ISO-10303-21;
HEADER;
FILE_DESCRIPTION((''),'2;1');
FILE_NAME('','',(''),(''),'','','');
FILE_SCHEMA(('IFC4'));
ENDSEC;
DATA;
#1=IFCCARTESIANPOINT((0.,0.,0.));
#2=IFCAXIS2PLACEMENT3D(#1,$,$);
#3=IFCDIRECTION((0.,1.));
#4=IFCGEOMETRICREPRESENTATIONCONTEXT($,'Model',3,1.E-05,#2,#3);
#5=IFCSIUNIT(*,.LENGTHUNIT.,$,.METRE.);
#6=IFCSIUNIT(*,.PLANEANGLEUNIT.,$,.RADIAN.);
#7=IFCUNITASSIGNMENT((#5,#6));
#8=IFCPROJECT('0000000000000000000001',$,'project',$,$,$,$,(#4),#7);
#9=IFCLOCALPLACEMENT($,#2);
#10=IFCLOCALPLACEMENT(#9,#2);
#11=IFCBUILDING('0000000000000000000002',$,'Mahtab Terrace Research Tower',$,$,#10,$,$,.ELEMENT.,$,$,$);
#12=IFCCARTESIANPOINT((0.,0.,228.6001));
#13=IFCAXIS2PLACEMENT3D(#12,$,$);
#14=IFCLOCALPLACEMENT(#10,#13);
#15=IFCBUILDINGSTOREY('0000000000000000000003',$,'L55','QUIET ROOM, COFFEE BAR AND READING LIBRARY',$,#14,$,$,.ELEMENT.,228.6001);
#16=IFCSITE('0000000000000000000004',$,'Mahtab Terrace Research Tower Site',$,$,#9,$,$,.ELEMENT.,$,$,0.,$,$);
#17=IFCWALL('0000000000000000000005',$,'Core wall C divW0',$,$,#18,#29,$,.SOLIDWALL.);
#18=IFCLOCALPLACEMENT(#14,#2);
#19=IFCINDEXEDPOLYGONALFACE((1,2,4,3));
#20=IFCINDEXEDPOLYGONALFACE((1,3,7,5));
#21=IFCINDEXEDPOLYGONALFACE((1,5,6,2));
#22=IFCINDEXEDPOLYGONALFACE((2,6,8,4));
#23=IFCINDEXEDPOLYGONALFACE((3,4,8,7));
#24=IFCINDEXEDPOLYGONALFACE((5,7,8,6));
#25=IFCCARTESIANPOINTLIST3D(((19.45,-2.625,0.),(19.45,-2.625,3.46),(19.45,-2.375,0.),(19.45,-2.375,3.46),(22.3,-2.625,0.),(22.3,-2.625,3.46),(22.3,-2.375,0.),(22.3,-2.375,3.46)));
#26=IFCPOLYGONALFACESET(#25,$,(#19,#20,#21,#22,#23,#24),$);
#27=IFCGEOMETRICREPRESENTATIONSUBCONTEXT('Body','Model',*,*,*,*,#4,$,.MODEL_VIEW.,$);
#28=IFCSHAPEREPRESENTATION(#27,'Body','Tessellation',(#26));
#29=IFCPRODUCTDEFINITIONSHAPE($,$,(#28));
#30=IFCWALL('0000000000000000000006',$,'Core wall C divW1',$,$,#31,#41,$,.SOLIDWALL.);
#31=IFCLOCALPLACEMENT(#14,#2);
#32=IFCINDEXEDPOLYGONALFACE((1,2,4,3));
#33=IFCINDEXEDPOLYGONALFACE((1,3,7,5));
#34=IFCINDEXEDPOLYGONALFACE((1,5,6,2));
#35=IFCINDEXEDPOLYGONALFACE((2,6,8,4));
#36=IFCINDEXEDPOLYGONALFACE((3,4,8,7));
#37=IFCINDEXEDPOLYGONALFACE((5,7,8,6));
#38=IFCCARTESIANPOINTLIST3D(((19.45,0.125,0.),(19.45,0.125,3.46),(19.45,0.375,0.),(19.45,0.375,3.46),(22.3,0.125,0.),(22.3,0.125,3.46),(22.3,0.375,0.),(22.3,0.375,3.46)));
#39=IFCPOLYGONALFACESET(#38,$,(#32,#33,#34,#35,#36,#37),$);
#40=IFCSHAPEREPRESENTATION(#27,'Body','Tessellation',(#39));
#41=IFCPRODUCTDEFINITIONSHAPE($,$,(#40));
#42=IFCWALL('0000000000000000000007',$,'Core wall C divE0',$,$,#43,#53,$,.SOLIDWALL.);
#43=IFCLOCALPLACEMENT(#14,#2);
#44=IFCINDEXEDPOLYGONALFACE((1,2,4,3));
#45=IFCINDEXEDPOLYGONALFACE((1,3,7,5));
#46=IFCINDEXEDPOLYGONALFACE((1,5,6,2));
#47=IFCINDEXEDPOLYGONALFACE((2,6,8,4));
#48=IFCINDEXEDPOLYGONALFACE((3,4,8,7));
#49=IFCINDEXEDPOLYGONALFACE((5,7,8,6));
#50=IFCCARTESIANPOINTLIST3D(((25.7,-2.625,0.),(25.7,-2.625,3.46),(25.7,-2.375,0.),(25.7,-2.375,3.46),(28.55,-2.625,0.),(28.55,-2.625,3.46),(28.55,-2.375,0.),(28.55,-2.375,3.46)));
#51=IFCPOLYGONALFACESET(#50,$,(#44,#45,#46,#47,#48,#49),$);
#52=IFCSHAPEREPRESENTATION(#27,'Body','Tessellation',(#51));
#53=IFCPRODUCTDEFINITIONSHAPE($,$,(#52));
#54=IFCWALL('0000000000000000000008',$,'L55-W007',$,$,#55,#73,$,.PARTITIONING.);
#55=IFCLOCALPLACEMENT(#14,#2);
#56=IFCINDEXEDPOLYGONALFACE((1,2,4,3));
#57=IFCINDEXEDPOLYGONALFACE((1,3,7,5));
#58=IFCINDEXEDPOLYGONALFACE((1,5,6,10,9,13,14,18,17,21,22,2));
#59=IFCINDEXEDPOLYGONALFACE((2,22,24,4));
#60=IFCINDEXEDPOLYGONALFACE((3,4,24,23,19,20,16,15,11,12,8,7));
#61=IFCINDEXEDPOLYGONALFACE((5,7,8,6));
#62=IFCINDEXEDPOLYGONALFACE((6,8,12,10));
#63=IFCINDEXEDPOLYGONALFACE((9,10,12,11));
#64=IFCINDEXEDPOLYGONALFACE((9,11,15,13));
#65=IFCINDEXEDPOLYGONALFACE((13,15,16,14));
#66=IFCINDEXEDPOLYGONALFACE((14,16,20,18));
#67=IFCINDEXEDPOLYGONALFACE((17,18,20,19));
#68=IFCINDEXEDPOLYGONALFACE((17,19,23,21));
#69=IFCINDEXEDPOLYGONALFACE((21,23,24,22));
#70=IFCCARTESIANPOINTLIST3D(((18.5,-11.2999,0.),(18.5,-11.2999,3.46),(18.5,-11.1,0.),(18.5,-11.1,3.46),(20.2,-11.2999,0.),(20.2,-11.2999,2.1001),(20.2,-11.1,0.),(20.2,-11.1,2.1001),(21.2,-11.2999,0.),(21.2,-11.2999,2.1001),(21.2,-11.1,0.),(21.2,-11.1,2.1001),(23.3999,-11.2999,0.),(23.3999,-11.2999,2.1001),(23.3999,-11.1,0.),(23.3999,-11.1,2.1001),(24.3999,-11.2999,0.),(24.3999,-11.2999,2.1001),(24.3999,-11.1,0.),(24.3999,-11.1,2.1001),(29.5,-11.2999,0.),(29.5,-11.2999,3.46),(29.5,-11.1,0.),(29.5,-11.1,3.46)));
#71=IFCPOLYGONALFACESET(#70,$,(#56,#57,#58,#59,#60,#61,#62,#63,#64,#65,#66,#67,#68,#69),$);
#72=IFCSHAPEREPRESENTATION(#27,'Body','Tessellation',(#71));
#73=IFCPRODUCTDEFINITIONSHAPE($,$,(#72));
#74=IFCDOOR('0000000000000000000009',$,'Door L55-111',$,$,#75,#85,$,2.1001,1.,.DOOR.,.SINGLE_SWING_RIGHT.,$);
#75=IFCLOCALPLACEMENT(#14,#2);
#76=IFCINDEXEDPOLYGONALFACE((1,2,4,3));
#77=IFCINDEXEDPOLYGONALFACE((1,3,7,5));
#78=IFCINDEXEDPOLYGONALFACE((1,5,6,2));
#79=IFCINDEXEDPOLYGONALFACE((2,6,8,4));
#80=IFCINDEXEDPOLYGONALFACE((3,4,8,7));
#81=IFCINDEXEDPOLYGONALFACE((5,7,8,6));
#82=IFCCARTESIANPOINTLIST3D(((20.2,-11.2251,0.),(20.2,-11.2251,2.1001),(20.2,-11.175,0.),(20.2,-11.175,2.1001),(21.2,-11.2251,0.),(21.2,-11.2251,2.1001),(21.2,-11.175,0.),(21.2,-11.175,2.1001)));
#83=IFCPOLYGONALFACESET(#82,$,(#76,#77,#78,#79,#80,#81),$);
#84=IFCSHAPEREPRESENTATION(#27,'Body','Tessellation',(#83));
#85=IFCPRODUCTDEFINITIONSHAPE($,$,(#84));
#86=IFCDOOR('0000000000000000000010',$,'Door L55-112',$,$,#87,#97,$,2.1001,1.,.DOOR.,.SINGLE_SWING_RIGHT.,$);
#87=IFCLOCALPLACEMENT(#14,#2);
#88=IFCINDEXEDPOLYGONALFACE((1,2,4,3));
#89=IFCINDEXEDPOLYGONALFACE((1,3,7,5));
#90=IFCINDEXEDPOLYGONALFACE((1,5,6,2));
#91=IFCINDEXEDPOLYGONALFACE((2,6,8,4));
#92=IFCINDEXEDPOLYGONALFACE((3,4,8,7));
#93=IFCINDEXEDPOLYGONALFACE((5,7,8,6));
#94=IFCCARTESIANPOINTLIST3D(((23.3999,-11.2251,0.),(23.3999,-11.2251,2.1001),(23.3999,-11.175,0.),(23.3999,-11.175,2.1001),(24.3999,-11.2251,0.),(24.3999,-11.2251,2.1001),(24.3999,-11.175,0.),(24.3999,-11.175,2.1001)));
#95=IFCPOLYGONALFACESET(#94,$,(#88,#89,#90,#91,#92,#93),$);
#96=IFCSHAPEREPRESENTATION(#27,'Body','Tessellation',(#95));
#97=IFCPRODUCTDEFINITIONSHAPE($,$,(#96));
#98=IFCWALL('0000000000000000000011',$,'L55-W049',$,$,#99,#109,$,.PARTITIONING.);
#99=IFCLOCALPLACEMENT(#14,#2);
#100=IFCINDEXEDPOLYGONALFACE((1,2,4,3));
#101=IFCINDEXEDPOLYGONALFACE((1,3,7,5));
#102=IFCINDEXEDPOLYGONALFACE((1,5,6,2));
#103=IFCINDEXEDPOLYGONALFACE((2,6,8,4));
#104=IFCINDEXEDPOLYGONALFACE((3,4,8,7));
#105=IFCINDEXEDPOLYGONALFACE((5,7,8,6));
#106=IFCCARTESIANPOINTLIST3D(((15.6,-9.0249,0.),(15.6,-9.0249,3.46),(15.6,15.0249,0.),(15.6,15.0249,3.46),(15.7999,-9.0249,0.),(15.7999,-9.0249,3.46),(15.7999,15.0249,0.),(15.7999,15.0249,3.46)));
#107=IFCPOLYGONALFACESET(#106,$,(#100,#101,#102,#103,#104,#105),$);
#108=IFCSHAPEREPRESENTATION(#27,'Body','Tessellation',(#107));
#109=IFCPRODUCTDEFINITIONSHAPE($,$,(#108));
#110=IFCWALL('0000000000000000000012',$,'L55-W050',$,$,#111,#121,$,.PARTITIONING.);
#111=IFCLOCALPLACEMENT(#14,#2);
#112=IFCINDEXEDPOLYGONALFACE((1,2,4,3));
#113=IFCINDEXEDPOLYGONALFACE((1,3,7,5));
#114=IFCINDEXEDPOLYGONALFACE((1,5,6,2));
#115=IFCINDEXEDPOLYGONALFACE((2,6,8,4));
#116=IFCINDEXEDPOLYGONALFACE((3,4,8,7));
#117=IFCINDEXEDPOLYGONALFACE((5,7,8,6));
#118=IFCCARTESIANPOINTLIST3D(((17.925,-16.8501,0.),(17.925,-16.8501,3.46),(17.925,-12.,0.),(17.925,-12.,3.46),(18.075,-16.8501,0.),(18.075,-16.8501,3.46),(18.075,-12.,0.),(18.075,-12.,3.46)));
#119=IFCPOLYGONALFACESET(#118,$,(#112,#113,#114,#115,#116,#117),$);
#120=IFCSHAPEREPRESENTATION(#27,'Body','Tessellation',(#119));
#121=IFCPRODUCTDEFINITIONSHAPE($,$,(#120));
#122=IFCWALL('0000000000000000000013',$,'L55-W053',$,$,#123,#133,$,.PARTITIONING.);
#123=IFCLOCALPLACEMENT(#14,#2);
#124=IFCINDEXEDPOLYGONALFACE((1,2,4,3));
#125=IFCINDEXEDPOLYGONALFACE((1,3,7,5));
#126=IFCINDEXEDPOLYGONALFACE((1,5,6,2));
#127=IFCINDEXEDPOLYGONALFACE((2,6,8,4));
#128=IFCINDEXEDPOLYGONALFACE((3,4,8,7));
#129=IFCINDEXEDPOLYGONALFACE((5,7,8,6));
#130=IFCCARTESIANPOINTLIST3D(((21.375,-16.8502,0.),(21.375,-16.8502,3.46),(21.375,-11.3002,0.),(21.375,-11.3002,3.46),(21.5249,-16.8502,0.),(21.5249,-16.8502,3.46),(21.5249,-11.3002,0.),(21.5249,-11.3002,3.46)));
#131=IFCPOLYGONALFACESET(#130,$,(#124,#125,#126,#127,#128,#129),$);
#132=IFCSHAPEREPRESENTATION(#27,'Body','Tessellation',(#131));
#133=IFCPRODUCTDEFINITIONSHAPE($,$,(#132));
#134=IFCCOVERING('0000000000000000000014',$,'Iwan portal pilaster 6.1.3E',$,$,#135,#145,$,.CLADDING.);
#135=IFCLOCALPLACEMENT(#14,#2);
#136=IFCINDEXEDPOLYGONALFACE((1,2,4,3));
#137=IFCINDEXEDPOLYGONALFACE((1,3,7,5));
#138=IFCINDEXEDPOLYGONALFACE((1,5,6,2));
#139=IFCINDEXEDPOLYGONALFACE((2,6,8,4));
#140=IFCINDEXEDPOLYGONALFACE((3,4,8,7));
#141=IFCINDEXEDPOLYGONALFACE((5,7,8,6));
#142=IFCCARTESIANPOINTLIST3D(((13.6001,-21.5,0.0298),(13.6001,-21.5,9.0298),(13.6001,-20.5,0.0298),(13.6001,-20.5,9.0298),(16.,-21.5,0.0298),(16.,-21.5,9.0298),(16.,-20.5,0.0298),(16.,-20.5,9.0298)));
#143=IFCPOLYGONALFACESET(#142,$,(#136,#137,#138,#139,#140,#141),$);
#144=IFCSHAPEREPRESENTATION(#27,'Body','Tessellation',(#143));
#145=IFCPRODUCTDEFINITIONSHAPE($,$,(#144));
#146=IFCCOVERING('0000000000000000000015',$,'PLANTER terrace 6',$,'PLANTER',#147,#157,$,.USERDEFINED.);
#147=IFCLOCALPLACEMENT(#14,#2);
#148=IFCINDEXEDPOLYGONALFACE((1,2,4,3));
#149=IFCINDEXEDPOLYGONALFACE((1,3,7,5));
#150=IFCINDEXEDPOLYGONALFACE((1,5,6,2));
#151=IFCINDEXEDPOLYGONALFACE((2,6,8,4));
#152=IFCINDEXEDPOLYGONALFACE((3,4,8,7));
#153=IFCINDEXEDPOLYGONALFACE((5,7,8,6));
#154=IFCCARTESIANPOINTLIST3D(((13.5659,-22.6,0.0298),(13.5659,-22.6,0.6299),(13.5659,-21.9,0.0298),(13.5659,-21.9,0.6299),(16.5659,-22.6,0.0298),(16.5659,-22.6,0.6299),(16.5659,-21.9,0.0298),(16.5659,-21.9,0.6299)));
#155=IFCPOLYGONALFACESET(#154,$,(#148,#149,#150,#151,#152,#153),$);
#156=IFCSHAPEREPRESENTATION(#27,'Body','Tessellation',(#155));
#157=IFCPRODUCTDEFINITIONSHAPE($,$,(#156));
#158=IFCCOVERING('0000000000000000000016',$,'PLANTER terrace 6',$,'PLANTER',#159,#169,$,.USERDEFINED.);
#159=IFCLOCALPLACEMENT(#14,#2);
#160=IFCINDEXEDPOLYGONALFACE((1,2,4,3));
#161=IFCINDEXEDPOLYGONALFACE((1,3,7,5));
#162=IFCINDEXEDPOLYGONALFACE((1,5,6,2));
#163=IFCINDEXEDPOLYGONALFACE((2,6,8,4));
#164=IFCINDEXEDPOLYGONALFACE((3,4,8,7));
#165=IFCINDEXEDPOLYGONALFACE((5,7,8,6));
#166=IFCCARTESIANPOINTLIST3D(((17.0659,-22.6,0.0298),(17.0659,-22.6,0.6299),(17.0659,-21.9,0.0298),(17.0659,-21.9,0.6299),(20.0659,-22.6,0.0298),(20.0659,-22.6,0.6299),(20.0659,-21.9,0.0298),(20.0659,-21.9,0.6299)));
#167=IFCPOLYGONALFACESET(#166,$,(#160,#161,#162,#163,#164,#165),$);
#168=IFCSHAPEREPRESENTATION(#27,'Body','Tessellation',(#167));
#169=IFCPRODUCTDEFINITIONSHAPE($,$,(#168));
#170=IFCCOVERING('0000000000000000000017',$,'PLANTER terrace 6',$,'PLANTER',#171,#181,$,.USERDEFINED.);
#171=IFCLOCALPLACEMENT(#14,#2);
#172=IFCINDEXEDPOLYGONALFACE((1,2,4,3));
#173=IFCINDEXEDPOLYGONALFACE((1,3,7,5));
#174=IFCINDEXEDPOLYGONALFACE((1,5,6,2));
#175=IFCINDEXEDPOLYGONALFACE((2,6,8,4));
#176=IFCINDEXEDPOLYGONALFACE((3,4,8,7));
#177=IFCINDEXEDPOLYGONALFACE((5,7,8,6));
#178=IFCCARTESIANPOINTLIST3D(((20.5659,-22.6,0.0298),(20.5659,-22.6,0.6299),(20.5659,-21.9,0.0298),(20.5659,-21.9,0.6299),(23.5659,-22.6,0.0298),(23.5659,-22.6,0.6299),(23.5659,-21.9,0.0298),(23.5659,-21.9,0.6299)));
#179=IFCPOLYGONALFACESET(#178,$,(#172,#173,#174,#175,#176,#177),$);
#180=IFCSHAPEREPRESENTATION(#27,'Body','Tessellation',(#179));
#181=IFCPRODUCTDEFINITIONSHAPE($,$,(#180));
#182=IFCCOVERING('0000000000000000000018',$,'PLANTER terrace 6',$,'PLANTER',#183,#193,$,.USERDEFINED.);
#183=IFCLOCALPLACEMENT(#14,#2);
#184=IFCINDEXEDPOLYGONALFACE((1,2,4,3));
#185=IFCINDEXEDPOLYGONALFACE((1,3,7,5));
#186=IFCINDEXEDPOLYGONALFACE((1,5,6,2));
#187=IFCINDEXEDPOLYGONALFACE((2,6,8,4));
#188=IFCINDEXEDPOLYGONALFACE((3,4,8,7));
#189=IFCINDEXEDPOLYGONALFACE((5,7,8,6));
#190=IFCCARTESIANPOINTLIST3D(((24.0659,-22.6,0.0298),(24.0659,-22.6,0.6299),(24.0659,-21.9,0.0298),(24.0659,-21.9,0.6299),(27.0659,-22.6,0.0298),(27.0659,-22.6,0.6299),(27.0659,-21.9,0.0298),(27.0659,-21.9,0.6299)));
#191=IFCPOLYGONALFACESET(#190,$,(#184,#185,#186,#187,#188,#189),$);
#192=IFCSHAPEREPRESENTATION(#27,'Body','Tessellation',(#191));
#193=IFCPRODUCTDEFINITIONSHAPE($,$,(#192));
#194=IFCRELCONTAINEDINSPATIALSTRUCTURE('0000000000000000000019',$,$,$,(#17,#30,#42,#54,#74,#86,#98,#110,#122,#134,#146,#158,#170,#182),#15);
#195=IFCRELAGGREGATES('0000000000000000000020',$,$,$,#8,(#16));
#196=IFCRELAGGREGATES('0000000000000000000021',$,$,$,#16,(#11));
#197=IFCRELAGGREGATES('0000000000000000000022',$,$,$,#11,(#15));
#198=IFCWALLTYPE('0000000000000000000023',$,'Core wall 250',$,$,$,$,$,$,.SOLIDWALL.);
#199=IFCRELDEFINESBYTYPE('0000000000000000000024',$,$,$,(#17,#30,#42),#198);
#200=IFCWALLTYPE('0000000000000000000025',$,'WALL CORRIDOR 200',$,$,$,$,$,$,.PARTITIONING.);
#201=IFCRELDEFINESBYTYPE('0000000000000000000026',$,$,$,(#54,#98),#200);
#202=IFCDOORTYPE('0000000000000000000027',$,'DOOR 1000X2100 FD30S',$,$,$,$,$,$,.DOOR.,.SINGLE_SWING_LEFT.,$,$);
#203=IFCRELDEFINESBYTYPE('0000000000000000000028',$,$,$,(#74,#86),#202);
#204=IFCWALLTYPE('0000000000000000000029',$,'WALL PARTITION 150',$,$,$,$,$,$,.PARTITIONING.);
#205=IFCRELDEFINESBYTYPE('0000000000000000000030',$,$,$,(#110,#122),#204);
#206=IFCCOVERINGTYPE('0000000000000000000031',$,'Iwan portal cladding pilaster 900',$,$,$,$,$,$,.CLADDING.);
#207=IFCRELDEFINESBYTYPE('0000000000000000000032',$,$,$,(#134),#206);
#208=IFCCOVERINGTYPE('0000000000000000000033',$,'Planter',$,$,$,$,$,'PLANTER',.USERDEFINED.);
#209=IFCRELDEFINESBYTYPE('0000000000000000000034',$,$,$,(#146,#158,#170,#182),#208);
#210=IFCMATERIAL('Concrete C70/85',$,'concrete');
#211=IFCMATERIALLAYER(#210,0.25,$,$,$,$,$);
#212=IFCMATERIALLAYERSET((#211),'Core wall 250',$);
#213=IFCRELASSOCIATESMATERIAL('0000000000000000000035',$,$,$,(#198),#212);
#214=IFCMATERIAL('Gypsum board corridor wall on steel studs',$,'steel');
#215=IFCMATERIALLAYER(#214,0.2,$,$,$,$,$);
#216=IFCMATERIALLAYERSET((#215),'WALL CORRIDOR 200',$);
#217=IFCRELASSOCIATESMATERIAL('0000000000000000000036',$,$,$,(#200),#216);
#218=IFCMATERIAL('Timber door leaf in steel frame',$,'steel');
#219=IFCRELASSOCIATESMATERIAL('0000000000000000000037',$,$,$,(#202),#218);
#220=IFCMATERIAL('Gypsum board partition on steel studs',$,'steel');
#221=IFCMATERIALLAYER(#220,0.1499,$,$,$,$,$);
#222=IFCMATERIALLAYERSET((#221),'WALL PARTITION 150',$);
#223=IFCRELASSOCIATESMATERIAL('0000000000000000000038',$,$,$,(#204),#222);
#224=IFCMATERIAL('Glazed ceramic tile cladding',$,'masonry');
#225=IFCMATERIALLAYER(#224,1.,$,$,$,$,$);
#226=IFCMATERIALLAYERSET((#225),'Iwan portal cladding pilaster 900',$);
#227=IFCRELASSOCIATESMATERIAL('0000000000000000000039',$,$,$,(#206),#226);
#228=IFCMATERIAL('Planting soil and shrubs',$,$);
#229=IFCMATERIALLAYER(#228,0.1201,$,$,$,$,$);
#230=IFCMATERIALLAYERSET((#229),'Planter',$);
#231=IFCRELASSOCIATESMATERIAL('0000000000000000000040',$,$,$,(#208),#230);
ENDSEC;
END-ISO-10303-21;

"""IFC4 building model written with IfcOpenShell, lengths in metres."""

from ifc_helpers import new_model, si_unit, direction, frame, frame_2d, origin, origin_2d, place, context, subcontext, project, spatial, rectangle, extrude, material, layer, layer_set, type_object, element, fill, save


model = new_model("IFC4")

# Units and contexts
model_context = context("Model", 3, precision=1e-05, world=origin(), true_north=direction((0.0, 1.0)))
body_context = subcontext(model_context, "Body", "Model", "MODEL_VIEW")
ifc_project = project(units=[si_unit("LENGTHUNIT", "METRE"), si_unit("PLANEANGLEUNIT", "RADIAN")], contexts=[model_context])

# Site, building, storey
site_placement = place(None, origin())
site = spatial("IfcSite", under=ifc_project, at=site_placement, Name="Mahtab Terrace Research Tower Site", CompositionType="ELEMENT", RefElevation=0.0)
building_placement = place(site_placement, origin())
building = spatial("IfcBuilding", under=site, at=building_placement, Name="Mahtab Terrace Research Tower", CompositionType="ELEMENT")
storey_placement = place(building_placement, frame((0.0, 0.0, 228.6001)))
storey = spatial("IfcBuildingStorey", under=building, at=storey_placement, Name="L55", Description="QUIET ROOM, COFFEE BAR AND READING LIBRARY", CompositionType="ELEMENT", Elevation=228.6001)

# Shared definitions
ifc_material_1 = material(Name="Concrete C70/85", Category="concrete")

# Shared definitions
ifc_layer_1 = layer(ifc_material_1, 0.25)
ifc_layer_set_1 = layer_set([ifc_layer_1], Name="Core wall 250")
wall_type_1 = type_object("IfcWallType", Name="Core wall 250", PredefinedType="SOLIDWALL", material=ifc_layer_set_1)

# Walls
for number, where, z_axis, x_axis, name in (
    (1, (19.45, -2.5, 0.0), (0.0, 0.0, 1.0), (1.0, 0.0, 0.0), "Core wall C divW0"),
    (2, (19.45, 0.25, 0.0), (0.0, 0.0, 1.0), (1.0, 0.0, 0.0), "Core wall C divW1"),
    (3, (25.7, -2.5, 0.0), (0.0, 0.0, 1.0), (1.0, 0.0, 0.0), "Core wall C divE0"),
):
    element("IfcWall", number, at=place(storey_placement, frame(where, z_axis=z_axis, x_axis=x_axis)), inside=storey, type_object=wall_type_1, Name=name, PredefinedType="SOLIDWALL", context=body_context, shape_type="SweptSolid", body=[
        extrude(rectangle(XDim=2.8501, YDim=0.25, at=frame_2d((1.425, 0.0))), origin(), (0.0, 0.0, 1.0), 3.46),
    ])

# Wall, openings, doors
ifc_material_2 = material(Name="Gypsum board corridor wall on steel studs", Category="steel")
ifc_layer_2 = layer(ifc_material_2, 0.2)
ifc_layer_set_2 = layer_set([ifc_layer_2], Name="WALL CORRIDOR 200")
wall_type_2 = type_object("IfcWallType", Name="WALL CORRIDOR 200", PredefinedType="PARTITIONING", material=ifc_layer_set_2)
wall_1_placement = place(storey_placement, frame((18.5, -11.2, 0.0), z_axis=(0.0, 0.0, 1.0), x_axis=(1.0, 0.0, 0.0)))
wall_1 = element("IfcWall", 4, at=wall_1_placement, inside=storey, type_object=wall_type_2, Name="L55-W007", PredefinedType="PARTITIONING", context=body_context, shape_type="SweptSolid", body=[
    extrude(rectangle(XDim=11.0, YDim=0.2, at=frame_2d((5.5, 0.0))), origin(), (0.0, 0.0, 1.0), 3.46),
])
opening_1_placement = place(wall_1_placement, frame((1.7, 0.0, 0.0)))
opening_1 = element("IfcOpeningElement", 5, at=opening_1_placement, cuts=wall_1, PredefinedType="OPENING", context=body_context, shape_type="SweptSolid", body=[
    extrude(rectangle(XDim=1.0, YDim=2.1001, at=frame_2d((0.5, 1.05))), frame((0.0, 0.1099, 0.0), z_axis=(0.0, -1.0, 0.0), x_axis=(1.0, 0.0, 0.0)), (0.0, 0.0, 1.0), 0.22),
])
opening_2_placement = place(wall_1_placement, frame((4.8999, 0.0, 0.0)))
opening_2 = element("IfcOpeningElement", 6, at=opening_2_placement, cuts=wall_1, PredefinedType="OPENING", context=body_context, shape_type="SweptSolid", body=[
    extrude(rectangle(XDim=1.0, YDim=2.1001, at=frame_2d((0.5, 1.05))), frame((0.0, 0.1099, 0.0), z_axis=(0.0, -1.0, 0.0), x_axis=(1.0, 0.0, 0.0)), (0.0, 0.0, 1.0), 0.22),
])
ifc_material_3 = material(Name="Timber door leaf in steel frame", Category="steel")
door_type_1 = type_object("IfcDoorType", Name="DOOR 1000X2100 FD30S", OperationType="SINGLE_SWING_LEFT", PredefinedType="DOOR", material=ifc_material_3)
door_1_placement = place(opening_1_placement, origin())
door_1 = element("IfcDoor", 7, at=door_1_placement, inside=storey, type_object=door_type_1, Name="Door L55-111", OperationType="SINGLE_SWING_RIGHT", OverallHeight=2.1001, OverallWidth=1.0, PredefinedType="DOOR", context=body_context, shape_type="SweptSolid", body=[
    extrude(rectangle(XDim=1.0, YDim=2.1001, at=frame_2d((0.5, 1.05))), frame((0.0, 0.0249, 0.0), z_axis=(0.0, -1.0, 0.0), x_axis=(1.0, 0.0, 0.0)), (0.0, 0.0, 1.0), 0.05),
])
fill(opening_1, door_1)
door_2_placement = place(opening_2_placement, origin())
door_2 = element("IfcDoor", 8, at=door_2_placement, inside=storey, type_object=door_type_1, Name="Door L55-112", OperationType="SINGLE_SWING_RIGHT", OverallHeight=2.1001, OverallWidth=1.0, PredefinedType="DOOR", context=body_context, shape_type="SweptSolid", body=[
    extrude(rectangle(XDim=1.0, YDim=2.1001, at=frame_2d((0.5, 1.05))), frame((0.0, 0.0249, 0.0), z_axis=(0.0, -1.0, 0.0), x_axis=(1.0, 0.0, 0.0)), (0.0, 0.0, 1.0), 0.05),
])
fill(opening_2, door_2)

# Walls
wall_2_placement = place(storey_placement, frame((15.7, -9.0249, 0.0), z_axis=(0.0, 0.0, 1.0), x_axis=(0.0, 1.0, 0.0)))
element("IfcWall", 9, at=wall_2_placement, inside=storey, type_object=wall_type_2, Name="L55-W049", PredefinedType="PARTITIONING", context=body_context, shape_type="SweptSolid", body=[
    extrude(rectangle(XDim=24.0498, YDim=0.2, at=frame_2d((12.0249, 0.0))), origin(), (0.0, 0.0, 1.0), 3.46),
])
ifc_material_4 = material(Name="Gypsum board partition on steel studs", Category="steel")
ifc_layer_3 = layer(ifc_material_4, 0.1499)
ifc_layer_set_3 = layer_set([ifc_layer_3], Name="WALL PARTITION 150")
wall_type_3 = type_object("IfcWallType", Name="WALL PARTITION 150", PredefinedType="PARTITIONING", material=ifc_layer_set_3)
wall_3_placement = place(storey_placement, frame((18.0, -16.8501, 0.0), z_axis=(0.0, 0.0, 1.0), x_axis=(0.0, 1.0, 0.0)))
element("IfcWall", 10, at=wall_3_placement, inside=storey, type_object=wall_type_3, Name="L55-W050", PredefinedType="PARTITIONING", context=body_context, shape_type="SweptSolid", body=[
    extrude(rectangle(XDim=4.8501, YDim=0.1499, at=frame_2d((2.425, 0.0))), origin(), (0.0, 0.0, 1.0), 3.46),
])
wall_4_placement = place(storey_placement, frame((21.45, -16.8501, 0.0), z_axis=(0.0, 0.0, 1.0), x_axis=(0.0, 1.0, 0.0)))
element("IfcWall", 11, at=wall_4_placement, inside=storey, type_object=wall_type_3, Name="L55-W053", PredefinedType="PARTITIONING", context=body_context, shape_type="SweptSolid", body=[
    extrude(rectangle(XDim=5.55, YDim=0.1499, at=frame_2d((2.7749, 0.0))), origin(), (0.0, 0.0, 1.0), 3.46),
])

# Coverings
ifc_material_5 = material(Name="Glazed ceramic tile cladding", Category="masonry")
ifc_layer_4 = layer(ifc_material_5, 1.0)
ifc_layer_set_4 = layer_set([ifc_layer_4], Name="Iwan portal cladding pilaster 900")
covering_type_1 = type_object("IfcCoveringType", Name="Iwan portal cladding pilaster 900", PredefinedType="CLADDING", material=ifc_layer_set_4)
covering_placement = place(storey_placement, frame((14.8, -21.0, 0.0298), z_axis=(0.0, 0.0, 1.0), x_axis=(1.0, 0.0, 0.0)))
element("IfcCovering", 12, at=covering_placement, inside=storey, type_object=covering_type_1, Name="Iwan portal pilaster 6.1.3E", PredefinedType="CLADDING", context=body_context, shape_type="SweptSolid", body=[
    extrude(rectangle(XDim=2.3999, YDim=1.0, at=origin_2d()), origin(), (0.0, 0.0, 1.0), 9.0),
])
ifc_material_6 = material(Name="Planting soil and shrubs")
ifc_layer_5 = layer(ifc_material_6, 0.1201)
ifc_layer_set_5 = layer_set([ifc_layer_5], Name="Planter")
covering_type_2 = type_object("IfcCoveringType", Name="Planter", ElementType="PLANTER", PredefinedType="USERDEFINED", material=ifc_layer_set_5)
for number, where, z_axis, x_axis, name in (
    (13, (15.0659, -22.25, 0.0298), (0.0, 0.0, 1.0), (1.0, 0.0, 0.0), "PLANTER terrace 6"),
    (14, (18.5659, -22.25, 0.0298), (0.0, 0.0, 1.0), (1.0, 0.0, 0.0), "PLANTER terrace 6"),
    (15, (22.0659, -22.25, 0.0298), (0.0, 0.0, 1.0), (1.0, 0.0, 0.0), "PLANTER terrace 6"),
    (16, (25.5659, -22.25, 0.0298), (0.0, 0.0, 1.0), (1.0, 0.0, 0.0), "PLANTER terrace 6"),
):
    element("IfcCovering", number, at=place(storey_placement, frame(where, z_axis=z_axis, x_axis=x_axis)), inside=storey, type_object=covering_type_2, Name=name, ObjectType="PLANTER", PredefinedType="USERDEFINED", context=body_context, shape_type="SweptSolid", body=[
        extrude(rectangle(XDim=3.0, YDim=0.7, at=origin_2d()), origin(), (0.0, 0.0, 1.0), 0.6001),
    ])

save(model, "model.ifc")
